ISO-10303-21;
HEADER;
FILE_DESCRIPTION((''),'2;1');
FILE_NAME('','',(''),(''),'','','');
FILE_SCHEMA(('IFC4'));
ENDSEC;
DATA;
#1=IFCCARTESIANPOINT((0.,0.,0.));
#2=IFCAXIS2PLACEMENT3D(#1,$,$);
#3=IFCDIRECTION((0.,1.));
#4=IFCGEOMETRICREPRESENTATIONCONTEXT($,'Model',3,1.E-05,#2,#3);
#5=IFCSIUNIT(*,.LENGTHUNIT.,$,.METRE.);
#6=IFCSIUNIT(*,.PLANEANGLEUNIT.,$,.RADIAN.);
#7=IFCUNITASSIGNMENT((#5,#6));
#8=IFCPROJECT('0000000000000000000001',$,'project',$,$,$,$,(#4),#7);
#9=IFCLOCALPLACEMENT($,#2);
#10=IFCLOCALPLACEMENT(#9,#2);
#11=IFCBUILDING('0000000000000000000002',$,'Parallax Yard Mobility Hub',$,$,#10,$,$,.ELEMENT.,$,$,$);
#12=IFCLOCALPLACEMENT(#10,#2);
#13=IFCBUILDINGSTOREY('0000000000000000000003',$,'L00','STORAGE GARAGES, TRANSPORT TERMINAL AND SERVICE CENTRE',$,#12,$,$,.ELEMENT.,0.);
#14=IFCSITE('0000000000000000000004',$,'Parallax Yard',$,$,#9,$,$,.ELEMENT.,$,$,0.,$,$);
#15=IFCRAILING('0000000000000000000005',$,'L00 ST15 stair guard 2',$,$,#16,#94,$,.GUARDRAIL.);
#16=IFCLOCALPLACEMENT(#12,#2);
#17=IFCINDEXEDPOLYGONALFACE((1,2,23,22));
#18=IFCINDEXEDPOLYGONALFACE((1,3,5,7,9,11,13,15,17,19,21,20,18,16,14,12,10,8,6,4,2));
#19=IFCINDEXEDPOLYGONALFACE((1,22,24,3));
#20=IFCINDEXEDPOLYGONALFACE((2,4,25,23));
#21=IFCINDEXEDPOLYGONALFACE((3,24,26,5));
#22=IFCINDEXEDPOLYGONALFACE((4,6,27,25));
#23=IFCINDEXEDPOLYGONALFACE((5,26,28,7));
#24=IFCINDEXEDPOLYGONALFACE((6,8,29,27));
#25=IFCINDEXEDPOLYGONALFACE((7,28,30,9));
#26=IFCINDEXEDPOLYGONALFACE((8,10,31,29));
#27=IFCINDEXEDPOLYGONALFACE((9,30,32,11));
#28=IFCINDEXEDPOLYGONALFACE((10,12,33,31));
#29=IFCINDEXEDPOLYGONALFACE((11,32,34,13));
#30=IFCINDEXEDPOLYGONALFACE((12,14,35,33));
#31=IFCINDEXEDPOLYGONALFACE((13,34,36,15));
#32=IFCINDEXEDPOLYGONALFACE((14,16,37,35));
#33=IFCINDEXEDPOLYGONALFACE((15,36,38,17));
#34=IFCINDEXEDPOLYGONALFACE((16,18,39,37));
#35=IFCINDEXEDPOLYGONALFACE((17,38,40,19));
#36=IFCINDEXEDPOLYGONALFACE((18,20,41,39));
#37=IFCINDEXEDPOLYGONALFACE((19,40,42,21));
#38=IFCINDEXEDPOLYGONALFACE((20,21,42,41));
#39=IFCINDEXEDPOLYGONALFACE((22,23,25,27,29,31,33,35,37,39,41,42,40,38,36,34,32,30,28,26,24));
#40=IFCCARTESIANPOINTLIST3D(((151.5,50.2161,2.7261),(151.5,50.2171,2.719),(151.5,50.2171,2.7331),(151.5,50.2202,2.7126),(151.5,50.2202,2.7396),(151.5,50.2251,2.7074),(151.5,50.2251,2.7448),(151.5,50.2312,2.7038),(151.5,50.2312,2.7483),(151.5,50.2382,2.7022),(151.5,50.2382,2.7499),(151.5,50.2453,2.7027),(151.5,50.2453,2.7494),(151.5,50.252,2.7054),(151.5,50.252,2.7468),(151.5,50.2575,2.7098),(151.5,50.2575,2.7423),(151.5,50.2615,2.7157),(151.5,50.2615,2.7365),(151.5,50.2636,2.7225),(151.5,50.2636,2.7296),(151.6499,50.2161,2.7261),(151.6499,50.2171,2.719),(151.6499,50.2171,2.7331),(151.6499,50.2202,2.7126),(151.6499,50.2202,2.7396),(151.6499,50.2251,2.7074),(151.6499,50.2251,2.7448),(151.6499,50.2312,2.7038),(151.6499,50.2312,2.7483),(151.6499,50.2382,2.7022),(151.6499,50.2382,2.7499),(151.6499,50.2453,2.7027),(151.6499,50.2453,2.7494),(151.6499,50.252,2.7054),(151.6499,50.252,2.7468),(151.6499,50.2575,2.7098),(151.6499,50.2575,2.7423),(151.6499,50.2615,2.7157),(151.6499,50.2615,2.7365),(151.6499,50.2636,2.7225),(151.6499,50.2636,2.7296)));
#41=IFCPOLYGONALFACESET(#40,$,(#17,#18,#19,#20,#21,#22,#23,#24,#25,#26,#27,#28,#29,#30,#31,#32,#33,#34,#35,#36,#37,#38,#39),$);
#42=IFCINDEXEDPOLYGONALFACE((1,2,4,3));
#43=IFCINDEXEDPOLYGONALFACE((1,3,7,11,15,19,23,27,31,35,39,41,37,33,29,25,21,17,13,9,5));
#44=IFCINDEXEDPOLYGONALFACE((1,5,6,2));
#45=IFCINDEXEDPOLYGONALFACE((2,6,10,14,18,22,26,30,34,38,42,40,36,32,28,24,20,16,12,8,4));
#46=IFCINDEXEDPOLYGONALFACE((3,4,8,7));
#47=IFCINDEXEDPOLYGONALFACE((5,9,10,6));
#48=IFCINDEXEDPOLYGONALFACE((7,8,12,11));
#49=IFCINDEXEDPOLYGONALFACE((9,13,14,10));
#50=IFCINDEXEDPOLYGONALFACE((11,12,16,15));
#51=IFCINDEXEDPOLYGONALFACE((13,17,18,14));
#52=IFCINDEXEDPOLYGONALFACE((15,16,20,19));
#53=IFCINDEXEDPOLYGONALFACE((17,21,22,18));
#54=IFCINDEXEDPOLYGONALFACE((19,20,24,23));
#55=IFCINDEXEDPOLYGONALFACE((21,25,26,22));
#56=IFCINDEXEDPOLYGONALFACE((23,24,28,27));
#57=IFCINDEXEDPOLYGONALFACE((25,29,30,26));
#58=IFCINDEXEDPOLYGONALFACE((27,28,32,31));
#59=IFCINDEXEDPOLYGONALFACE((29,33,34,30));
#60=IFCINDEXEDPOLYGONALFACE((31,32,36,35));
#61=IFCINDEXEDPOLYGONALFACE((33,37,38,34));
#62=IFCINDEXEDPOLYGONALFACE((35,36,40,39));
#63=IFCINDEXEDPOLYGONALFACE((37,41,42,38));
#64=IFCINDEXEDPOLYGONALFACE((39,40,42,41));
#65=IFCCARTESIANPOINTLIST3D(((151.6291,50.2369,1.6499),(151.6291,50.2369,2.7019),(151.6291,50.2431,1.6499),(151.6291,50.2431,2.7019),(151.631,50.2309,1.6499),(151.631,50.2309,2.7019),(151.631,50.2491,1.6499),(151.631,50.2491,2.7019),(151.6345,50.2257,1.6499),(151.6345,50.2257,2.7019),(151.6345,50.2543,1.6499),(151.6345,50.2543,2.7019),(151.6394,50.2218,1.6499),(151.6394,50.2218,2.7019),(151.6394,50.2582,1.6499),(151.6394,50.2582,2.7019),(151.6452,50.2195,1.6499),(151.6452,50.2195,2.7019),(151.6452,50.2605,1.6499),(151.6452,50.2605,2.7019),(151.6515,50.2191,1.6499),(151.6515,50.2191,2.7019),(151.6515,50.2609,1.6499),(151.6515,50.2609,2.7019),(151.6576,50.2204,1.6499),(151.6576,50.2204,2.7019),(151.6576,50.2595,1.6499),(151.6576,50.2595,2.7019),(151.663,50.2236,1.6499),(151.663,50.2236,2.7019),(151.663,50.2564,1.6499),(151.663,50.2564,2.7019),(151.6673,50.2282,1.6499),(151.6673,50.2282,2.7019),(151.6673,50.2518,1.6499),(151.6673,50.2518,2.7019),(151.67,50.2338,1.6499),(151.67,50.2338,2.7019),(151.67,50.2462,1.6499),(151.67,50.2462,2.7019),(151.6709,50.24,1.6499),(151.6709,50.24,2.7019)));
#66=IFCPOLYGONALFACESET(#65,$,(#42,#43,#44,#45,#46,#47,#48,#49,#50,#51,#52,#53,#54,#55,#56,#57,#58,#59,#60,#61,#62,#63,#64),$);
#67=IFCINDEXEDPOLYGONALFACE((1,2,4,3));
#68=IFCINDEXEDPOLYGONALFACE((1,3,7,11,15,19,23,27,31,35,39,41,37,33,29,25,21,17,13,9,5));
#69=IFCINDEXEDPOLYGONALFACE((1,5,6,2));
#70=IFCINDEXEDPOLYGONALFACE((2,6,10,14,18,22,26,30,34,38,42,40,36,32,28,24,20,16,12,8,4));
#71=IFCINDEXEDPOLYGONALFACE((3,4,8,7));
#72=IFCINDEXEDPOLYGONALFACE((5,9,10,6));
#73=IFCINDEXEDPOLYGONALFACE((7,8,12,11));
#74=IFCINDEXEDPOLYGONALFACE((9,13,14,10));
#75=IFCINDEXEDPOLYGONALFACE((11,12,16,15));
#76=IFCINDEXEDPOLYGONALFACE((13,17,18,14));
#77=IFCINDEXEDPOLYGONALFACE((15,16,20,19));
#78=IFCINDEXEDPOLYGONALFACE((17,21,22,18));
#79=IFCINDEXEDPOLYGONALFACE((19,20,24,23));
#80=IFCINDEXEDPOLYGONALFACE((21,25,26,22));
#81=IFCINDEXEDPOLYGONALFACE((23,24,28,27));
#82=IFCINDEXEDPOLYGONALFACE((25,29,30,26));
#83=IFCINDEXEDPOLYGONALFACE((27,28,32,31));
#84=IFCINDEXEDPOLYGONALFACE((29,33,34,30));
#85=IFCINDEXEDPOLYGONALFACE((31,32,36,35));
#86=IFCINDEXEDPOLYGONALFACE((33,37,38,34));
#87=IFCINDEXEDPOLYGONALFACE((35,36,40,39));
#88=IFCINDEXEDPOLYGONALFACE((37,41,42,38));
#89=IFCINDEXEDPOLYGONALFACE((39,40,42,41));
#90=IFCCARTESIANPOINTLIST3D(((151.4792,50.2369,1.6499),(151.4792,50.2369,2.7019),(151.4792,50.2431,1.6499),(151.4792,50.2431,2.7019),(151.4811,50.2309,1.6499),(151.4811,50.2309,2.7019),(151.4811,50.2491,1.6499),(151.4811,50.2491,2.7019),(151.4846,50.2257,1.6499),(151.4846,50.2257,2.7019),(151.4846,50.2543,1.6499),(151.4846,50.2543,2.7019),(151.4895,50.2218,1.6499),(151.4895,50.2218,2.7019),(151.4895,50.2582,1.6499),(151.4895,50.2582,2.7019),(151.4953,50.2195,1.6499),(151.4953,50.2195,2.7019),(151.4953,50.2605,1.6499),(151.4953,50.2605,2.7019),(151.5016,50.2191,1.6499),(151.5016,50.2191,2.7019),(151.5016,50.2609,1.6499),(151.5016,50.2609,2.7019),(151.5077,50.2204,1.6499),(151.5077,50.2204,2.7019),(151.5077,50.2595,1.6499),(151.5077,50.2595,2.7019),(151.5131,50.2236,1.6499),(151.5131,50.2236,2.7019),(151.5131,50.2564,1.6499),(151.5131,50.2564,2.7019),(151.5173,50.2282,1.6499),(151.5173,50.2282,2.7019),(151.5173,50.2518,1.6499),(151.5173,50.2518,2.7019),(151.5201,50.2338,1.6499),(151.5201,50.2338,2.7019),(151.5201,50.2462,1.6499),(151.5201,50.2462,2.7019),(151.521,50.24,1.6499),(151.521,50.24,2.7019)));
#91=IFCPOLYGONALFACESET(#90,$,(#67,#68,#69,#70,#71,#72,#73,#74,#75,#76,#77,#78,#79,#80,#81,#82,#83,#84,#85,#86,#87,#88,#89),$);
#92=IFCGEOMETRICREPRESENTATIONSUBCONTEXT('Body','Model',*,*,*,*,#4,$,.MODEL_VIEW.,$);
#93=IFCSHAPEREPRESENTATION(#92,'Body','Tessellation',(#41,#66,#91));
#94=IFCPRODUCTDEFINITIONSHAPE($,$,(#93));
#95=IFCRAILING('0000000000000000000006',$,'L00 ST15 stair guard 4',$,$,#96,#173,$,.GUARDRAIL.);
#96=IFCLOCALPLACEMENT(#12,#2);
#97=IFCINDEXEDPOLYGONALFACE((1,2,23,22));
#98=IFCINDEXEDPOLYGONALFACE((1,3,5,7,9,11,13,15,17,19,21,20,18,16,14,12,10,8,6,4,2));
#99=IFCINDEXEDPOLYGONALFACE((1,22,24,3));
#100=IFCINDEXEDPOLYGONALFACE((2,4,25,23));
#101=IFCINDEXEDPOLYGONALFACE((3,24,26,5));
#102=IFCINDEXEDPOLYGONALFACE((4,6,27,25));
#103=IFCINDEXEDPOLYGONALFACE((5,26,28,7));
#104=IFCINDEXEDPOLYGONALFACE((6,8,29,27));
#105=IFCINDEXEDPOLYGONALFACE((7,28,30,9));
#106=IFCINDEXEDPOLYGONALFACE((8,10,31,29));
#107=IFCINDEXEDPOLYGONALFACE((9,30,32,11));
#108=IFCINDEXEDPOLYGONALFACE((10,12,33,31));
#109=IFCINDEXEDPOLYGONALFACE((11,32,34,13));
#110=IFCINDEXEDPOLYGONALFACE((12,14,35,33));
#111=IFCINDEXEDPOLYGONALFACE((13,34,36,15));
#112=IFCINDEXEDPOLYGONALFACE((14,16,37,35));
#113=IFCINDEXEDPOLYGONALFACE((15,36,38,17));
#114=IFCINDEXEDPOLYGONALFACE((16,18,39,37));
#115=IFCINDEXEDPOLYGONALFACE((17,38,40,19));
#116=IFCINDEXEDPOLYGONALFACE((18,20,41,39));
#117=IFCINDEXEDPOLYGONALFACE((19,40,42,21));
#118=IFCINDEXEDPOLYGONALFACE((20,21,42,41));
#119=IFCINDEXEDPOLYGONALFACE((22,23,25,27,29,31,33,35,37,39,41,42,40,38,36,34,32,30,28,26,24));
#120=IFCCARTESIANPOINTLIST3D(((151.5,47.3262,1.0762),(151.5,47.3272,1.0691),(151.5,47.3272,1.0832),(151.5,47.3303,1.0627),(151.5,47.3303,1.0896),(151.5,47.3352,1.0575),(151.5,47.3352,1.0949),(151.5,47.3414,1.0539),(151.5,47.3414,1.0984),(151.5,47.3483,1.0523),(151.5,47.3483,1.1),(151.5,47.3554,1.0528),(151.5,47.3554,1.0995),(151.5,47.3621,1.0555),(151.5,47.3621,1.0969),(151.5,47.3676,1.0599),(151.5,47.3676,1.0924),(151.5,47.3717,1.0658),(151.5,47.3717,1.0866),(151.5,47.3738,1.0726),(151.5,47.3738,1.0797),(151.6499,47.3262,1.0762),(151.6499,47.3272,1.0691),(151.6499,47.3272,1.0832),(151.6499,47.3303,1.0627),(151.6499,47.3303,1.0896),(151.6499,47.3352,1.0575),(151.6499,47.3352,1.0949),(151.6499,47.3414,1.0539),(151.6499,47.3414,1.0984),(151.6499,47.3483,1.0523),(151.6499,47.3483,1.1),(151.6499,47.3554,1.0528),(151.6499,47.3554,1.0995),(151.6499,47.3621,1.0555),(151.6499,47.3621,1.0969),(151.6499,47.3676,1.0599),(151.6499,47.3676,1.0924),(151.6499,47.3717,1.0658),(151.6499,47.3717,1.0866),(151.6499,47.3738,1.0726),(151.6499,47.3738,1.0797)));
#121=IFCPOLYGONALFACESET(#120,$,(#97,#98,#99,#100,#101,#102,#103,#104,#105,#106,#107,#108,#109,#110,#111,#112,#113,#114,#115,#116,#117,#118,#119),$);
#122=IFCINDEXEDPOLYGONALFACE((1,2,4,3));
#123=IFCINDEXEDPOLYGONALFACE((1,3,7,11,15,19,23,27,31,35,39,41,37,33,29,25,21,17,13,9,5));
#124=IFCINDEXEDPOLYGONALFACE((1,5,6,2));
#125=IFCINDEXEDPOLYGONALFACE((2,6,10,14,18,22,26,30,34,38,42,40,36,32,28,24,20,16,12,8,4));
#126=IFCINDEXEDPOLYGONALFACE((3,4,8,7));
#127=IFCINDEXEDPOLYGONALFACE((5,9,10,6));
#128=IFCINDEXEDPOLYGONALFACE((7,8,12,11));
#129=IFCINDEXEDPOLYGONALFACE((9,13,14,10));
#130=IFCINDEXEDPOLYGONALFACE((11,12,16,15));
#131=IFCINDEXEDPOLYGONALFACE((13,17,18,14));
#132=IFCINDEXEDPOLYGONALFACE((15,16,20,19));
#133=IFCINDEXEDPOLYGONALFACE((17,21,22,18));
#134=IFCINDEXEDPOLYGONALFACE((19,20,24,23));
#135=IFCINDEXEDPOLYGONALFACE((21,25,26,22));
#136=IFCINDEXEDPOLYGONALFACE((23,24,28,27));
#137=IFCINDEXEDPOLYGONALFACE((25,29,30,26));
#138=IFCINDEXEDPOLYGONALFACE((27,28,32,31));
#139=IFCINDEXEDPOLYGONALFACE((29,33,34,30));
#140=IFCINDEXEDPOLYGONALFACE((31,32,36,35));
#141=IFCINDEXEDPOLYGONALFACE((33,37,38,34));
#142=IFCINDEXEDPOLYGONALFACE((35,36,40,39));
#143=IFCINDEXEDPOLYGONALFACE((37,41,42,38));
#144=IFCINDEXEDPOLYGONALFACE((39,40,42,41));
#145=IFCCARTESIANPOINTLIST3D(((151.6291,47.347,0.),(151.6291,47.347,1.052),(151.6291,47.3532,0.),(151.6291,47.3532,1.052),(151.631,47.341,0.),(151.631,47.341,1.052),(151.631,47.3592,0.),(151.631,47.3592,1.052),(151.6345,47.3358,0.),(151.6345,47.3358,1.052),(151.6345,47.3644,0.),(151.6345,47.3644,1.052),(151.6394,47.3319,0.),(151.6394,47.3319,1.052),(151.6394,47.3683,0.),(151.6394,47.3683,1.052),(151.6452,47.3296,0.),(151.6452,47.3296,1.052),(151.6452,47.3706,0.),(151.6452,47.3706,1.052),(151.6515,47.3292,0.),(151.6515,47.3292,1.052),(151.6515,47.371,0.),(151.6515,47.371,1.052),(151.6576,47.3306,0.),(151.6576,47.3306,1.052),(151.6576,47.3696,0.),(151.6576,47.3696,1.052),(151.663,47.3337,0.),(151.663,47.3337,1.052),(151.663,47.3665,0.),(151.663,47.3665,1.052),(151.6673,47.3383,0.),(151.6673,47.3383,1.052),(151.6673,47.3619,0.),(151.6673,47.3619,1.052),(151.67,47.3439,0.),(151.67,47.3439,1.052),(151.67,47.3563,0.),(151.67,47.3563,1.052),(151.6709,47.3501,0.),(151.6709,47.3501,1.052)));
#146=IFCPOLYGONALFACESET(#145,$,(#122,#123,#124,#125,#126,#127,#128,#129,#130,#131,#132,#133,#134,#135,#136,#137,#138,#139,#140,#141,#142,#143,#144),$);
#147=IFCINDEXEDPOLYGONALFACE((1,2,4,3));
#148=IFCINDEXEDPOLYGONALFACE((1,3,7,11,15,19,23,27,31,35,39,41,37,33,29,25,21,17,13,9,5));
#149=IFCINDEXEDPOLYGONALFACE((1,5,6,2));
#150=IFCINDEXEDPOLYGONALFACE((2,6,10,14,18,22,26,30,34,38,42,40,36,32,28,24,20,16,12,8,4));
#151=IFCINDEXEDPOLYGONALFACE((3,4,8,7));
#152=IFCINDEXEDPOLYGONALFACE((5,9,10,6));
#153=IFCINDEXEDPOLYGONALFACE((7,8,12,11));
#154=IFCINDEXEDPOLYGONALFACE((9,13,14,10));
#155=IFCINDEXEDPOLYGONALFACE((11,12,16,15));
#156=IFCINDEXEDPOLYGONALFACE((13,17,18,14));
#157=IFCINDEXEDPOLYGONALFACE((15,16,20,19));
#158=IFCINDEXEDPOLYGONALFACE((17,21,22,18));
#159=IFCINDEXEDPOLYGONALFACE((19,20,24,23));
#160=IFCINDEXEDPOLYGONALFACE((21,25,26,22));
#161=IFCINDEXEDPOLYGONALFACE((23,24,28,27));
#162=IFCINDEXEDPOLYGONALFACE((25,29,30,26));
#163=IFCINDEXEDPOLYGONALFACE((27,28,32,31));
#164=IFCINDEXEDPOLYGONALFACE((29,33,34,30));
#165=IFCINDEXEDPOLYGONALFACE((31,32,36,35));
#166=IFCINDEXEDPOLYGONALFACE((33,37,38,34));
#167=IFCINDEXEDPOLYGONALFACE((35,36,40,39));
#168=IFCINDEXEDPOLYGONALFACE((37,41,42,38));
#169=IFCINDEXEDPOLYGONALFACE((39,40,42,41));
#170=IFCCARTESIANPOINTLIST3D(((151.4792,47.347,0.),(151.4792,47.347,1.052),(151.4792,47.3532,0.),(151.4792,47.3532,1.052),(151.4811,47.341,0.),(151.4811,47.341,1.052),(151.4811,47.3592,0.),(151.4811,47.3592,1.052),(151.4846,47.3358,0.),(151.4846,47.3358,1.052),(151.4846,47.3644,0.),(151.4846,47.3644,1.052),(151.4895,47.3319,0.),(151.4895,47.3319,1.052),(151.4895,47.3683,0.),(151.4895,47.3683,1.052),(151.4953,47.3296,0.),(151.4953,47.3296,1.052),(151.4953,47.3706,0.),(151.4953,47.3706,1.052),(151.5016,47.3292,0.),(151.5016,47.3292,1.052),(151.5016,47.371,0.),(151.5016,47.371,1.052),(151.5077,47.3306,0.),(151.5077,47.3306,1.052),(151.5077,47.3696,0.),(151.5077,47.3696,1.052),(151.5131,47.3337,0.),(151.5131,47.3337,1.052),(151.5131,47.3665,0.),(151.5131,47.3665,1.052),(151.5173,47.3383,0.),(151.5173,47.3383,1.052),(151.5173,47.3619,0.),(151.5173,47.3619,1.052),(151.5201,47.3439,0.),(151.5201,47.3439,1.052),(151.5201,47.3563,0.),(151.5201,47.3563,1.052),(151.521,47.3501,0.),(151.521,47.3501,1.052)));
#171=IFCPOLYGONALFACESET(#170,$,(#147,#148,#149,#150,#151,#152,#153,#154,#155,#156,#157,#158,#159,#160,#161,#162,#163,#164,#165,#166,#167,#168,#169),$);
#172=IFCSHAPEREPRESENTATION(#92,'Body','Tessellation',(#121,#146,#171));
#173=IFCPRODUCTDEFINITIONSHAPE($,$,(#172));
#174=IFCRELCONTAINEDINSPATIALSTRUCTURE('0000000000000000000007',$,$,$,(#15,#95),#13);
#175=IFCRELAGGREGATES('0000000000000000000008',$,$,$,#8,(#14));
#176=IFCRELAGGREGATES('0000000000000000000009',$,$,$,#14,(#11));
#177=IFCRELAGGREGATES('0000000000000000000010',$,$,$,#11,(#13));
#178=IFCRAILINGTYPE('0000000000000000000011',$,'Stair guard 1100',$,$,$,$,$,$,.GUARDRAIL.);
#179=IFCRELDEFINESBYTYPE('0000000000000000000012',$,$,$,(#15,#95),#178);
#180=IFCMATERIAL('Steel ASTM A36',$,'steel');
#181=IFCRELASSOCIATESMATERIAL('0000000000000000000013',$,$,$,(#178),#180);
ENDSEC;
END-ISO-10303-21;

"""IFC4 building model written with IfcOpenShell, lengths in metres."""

from ifc_helpers import new_model, si_unit, direction, frame, origin, origin_2d, place, context, subcontext, project, spatial, circle, extrude, material, type_object, element, save


model = new_model("IFC4")

# Units and contexts
model_context = context("Model", 3, precision=1e-05, world=origin(), true_north=direction((0.0, 1.0)))
body_context = subcontext(model_context, "Body", "Model", "MODEL_VIEW")
ifc_project = project(units=[si_unit("LENGTHUNIT", "METRE"), si_unit("PLANEANGLEUNIT", "RADIAN")], contexts=[model_context])

# Site, building, storey
site_placement = place(None, origin())
site = spatial("IfcSite", under=ifc_project, at=site_placement, Name="Parallax Yard", CompositionType="ELEMENT", RefElevation=0.0)
building_placement = place(site_placement, origin())
building = spatial("IfcBuilding", under=site, at=building_placement, Name="Parallax Yard Mobility Hub", CompositionType="ELEMENT")
storey_placement = place(building_placement, origin())
storey = spatial("IfcBuildingStorey", under=building, at=storey_placement, Name="L00", Description="STORAGE GARAGES, TRANSPORT TERMINAL AND SERVICE CENTRE", CompositionType="ELEMENT", Elevation=0.0)

# Railings
ifc_material_1 = material(Name="Steel ASTM A36", Category="steel")
railing_type_1 = type_object("IfcRailingType", Name="Stair guard 1100", PredefinedType="GUARDRAIL", material=ifc_material_1)
for number, where, name in (
    (1, (151.6499, 50.24, 1.6499), "L00 ST15 stair guard 2"),
    (2, (151.6499, 47.3501, 0.0), "L00 ST15 stair guard 4"),
):
    element("IfcRailing", number, at=place(storey_placement, frame(where)), inside=storey, type_object=railing_type_1, Name=name, PredefinedType="GUARDRAIL", context=body_context, shape_type="SweptSolid", body=[
        extrude(circle(Radius=0.0239, at=origin_2d()), frame((0.0, 0.0, 1.0762), z_axis=(-1.0, 0.0, 0.0), x_axis=(0.0, -1.0, 0.0)), (0.0, 0.0, 1.0), 0.1499),
        extrude(circle(Radius=0.021, at=origin_2d()), origin(), (0.0, 0.0, 1.0), 1.052),
        extrude(circle(Radius=0.021, at=origin_2d()), frame((-0.1499, 0.0, 0.0)), (0.0, 0.0, 1.0), 1.052),
    ])

save(model, "model.ifc")
